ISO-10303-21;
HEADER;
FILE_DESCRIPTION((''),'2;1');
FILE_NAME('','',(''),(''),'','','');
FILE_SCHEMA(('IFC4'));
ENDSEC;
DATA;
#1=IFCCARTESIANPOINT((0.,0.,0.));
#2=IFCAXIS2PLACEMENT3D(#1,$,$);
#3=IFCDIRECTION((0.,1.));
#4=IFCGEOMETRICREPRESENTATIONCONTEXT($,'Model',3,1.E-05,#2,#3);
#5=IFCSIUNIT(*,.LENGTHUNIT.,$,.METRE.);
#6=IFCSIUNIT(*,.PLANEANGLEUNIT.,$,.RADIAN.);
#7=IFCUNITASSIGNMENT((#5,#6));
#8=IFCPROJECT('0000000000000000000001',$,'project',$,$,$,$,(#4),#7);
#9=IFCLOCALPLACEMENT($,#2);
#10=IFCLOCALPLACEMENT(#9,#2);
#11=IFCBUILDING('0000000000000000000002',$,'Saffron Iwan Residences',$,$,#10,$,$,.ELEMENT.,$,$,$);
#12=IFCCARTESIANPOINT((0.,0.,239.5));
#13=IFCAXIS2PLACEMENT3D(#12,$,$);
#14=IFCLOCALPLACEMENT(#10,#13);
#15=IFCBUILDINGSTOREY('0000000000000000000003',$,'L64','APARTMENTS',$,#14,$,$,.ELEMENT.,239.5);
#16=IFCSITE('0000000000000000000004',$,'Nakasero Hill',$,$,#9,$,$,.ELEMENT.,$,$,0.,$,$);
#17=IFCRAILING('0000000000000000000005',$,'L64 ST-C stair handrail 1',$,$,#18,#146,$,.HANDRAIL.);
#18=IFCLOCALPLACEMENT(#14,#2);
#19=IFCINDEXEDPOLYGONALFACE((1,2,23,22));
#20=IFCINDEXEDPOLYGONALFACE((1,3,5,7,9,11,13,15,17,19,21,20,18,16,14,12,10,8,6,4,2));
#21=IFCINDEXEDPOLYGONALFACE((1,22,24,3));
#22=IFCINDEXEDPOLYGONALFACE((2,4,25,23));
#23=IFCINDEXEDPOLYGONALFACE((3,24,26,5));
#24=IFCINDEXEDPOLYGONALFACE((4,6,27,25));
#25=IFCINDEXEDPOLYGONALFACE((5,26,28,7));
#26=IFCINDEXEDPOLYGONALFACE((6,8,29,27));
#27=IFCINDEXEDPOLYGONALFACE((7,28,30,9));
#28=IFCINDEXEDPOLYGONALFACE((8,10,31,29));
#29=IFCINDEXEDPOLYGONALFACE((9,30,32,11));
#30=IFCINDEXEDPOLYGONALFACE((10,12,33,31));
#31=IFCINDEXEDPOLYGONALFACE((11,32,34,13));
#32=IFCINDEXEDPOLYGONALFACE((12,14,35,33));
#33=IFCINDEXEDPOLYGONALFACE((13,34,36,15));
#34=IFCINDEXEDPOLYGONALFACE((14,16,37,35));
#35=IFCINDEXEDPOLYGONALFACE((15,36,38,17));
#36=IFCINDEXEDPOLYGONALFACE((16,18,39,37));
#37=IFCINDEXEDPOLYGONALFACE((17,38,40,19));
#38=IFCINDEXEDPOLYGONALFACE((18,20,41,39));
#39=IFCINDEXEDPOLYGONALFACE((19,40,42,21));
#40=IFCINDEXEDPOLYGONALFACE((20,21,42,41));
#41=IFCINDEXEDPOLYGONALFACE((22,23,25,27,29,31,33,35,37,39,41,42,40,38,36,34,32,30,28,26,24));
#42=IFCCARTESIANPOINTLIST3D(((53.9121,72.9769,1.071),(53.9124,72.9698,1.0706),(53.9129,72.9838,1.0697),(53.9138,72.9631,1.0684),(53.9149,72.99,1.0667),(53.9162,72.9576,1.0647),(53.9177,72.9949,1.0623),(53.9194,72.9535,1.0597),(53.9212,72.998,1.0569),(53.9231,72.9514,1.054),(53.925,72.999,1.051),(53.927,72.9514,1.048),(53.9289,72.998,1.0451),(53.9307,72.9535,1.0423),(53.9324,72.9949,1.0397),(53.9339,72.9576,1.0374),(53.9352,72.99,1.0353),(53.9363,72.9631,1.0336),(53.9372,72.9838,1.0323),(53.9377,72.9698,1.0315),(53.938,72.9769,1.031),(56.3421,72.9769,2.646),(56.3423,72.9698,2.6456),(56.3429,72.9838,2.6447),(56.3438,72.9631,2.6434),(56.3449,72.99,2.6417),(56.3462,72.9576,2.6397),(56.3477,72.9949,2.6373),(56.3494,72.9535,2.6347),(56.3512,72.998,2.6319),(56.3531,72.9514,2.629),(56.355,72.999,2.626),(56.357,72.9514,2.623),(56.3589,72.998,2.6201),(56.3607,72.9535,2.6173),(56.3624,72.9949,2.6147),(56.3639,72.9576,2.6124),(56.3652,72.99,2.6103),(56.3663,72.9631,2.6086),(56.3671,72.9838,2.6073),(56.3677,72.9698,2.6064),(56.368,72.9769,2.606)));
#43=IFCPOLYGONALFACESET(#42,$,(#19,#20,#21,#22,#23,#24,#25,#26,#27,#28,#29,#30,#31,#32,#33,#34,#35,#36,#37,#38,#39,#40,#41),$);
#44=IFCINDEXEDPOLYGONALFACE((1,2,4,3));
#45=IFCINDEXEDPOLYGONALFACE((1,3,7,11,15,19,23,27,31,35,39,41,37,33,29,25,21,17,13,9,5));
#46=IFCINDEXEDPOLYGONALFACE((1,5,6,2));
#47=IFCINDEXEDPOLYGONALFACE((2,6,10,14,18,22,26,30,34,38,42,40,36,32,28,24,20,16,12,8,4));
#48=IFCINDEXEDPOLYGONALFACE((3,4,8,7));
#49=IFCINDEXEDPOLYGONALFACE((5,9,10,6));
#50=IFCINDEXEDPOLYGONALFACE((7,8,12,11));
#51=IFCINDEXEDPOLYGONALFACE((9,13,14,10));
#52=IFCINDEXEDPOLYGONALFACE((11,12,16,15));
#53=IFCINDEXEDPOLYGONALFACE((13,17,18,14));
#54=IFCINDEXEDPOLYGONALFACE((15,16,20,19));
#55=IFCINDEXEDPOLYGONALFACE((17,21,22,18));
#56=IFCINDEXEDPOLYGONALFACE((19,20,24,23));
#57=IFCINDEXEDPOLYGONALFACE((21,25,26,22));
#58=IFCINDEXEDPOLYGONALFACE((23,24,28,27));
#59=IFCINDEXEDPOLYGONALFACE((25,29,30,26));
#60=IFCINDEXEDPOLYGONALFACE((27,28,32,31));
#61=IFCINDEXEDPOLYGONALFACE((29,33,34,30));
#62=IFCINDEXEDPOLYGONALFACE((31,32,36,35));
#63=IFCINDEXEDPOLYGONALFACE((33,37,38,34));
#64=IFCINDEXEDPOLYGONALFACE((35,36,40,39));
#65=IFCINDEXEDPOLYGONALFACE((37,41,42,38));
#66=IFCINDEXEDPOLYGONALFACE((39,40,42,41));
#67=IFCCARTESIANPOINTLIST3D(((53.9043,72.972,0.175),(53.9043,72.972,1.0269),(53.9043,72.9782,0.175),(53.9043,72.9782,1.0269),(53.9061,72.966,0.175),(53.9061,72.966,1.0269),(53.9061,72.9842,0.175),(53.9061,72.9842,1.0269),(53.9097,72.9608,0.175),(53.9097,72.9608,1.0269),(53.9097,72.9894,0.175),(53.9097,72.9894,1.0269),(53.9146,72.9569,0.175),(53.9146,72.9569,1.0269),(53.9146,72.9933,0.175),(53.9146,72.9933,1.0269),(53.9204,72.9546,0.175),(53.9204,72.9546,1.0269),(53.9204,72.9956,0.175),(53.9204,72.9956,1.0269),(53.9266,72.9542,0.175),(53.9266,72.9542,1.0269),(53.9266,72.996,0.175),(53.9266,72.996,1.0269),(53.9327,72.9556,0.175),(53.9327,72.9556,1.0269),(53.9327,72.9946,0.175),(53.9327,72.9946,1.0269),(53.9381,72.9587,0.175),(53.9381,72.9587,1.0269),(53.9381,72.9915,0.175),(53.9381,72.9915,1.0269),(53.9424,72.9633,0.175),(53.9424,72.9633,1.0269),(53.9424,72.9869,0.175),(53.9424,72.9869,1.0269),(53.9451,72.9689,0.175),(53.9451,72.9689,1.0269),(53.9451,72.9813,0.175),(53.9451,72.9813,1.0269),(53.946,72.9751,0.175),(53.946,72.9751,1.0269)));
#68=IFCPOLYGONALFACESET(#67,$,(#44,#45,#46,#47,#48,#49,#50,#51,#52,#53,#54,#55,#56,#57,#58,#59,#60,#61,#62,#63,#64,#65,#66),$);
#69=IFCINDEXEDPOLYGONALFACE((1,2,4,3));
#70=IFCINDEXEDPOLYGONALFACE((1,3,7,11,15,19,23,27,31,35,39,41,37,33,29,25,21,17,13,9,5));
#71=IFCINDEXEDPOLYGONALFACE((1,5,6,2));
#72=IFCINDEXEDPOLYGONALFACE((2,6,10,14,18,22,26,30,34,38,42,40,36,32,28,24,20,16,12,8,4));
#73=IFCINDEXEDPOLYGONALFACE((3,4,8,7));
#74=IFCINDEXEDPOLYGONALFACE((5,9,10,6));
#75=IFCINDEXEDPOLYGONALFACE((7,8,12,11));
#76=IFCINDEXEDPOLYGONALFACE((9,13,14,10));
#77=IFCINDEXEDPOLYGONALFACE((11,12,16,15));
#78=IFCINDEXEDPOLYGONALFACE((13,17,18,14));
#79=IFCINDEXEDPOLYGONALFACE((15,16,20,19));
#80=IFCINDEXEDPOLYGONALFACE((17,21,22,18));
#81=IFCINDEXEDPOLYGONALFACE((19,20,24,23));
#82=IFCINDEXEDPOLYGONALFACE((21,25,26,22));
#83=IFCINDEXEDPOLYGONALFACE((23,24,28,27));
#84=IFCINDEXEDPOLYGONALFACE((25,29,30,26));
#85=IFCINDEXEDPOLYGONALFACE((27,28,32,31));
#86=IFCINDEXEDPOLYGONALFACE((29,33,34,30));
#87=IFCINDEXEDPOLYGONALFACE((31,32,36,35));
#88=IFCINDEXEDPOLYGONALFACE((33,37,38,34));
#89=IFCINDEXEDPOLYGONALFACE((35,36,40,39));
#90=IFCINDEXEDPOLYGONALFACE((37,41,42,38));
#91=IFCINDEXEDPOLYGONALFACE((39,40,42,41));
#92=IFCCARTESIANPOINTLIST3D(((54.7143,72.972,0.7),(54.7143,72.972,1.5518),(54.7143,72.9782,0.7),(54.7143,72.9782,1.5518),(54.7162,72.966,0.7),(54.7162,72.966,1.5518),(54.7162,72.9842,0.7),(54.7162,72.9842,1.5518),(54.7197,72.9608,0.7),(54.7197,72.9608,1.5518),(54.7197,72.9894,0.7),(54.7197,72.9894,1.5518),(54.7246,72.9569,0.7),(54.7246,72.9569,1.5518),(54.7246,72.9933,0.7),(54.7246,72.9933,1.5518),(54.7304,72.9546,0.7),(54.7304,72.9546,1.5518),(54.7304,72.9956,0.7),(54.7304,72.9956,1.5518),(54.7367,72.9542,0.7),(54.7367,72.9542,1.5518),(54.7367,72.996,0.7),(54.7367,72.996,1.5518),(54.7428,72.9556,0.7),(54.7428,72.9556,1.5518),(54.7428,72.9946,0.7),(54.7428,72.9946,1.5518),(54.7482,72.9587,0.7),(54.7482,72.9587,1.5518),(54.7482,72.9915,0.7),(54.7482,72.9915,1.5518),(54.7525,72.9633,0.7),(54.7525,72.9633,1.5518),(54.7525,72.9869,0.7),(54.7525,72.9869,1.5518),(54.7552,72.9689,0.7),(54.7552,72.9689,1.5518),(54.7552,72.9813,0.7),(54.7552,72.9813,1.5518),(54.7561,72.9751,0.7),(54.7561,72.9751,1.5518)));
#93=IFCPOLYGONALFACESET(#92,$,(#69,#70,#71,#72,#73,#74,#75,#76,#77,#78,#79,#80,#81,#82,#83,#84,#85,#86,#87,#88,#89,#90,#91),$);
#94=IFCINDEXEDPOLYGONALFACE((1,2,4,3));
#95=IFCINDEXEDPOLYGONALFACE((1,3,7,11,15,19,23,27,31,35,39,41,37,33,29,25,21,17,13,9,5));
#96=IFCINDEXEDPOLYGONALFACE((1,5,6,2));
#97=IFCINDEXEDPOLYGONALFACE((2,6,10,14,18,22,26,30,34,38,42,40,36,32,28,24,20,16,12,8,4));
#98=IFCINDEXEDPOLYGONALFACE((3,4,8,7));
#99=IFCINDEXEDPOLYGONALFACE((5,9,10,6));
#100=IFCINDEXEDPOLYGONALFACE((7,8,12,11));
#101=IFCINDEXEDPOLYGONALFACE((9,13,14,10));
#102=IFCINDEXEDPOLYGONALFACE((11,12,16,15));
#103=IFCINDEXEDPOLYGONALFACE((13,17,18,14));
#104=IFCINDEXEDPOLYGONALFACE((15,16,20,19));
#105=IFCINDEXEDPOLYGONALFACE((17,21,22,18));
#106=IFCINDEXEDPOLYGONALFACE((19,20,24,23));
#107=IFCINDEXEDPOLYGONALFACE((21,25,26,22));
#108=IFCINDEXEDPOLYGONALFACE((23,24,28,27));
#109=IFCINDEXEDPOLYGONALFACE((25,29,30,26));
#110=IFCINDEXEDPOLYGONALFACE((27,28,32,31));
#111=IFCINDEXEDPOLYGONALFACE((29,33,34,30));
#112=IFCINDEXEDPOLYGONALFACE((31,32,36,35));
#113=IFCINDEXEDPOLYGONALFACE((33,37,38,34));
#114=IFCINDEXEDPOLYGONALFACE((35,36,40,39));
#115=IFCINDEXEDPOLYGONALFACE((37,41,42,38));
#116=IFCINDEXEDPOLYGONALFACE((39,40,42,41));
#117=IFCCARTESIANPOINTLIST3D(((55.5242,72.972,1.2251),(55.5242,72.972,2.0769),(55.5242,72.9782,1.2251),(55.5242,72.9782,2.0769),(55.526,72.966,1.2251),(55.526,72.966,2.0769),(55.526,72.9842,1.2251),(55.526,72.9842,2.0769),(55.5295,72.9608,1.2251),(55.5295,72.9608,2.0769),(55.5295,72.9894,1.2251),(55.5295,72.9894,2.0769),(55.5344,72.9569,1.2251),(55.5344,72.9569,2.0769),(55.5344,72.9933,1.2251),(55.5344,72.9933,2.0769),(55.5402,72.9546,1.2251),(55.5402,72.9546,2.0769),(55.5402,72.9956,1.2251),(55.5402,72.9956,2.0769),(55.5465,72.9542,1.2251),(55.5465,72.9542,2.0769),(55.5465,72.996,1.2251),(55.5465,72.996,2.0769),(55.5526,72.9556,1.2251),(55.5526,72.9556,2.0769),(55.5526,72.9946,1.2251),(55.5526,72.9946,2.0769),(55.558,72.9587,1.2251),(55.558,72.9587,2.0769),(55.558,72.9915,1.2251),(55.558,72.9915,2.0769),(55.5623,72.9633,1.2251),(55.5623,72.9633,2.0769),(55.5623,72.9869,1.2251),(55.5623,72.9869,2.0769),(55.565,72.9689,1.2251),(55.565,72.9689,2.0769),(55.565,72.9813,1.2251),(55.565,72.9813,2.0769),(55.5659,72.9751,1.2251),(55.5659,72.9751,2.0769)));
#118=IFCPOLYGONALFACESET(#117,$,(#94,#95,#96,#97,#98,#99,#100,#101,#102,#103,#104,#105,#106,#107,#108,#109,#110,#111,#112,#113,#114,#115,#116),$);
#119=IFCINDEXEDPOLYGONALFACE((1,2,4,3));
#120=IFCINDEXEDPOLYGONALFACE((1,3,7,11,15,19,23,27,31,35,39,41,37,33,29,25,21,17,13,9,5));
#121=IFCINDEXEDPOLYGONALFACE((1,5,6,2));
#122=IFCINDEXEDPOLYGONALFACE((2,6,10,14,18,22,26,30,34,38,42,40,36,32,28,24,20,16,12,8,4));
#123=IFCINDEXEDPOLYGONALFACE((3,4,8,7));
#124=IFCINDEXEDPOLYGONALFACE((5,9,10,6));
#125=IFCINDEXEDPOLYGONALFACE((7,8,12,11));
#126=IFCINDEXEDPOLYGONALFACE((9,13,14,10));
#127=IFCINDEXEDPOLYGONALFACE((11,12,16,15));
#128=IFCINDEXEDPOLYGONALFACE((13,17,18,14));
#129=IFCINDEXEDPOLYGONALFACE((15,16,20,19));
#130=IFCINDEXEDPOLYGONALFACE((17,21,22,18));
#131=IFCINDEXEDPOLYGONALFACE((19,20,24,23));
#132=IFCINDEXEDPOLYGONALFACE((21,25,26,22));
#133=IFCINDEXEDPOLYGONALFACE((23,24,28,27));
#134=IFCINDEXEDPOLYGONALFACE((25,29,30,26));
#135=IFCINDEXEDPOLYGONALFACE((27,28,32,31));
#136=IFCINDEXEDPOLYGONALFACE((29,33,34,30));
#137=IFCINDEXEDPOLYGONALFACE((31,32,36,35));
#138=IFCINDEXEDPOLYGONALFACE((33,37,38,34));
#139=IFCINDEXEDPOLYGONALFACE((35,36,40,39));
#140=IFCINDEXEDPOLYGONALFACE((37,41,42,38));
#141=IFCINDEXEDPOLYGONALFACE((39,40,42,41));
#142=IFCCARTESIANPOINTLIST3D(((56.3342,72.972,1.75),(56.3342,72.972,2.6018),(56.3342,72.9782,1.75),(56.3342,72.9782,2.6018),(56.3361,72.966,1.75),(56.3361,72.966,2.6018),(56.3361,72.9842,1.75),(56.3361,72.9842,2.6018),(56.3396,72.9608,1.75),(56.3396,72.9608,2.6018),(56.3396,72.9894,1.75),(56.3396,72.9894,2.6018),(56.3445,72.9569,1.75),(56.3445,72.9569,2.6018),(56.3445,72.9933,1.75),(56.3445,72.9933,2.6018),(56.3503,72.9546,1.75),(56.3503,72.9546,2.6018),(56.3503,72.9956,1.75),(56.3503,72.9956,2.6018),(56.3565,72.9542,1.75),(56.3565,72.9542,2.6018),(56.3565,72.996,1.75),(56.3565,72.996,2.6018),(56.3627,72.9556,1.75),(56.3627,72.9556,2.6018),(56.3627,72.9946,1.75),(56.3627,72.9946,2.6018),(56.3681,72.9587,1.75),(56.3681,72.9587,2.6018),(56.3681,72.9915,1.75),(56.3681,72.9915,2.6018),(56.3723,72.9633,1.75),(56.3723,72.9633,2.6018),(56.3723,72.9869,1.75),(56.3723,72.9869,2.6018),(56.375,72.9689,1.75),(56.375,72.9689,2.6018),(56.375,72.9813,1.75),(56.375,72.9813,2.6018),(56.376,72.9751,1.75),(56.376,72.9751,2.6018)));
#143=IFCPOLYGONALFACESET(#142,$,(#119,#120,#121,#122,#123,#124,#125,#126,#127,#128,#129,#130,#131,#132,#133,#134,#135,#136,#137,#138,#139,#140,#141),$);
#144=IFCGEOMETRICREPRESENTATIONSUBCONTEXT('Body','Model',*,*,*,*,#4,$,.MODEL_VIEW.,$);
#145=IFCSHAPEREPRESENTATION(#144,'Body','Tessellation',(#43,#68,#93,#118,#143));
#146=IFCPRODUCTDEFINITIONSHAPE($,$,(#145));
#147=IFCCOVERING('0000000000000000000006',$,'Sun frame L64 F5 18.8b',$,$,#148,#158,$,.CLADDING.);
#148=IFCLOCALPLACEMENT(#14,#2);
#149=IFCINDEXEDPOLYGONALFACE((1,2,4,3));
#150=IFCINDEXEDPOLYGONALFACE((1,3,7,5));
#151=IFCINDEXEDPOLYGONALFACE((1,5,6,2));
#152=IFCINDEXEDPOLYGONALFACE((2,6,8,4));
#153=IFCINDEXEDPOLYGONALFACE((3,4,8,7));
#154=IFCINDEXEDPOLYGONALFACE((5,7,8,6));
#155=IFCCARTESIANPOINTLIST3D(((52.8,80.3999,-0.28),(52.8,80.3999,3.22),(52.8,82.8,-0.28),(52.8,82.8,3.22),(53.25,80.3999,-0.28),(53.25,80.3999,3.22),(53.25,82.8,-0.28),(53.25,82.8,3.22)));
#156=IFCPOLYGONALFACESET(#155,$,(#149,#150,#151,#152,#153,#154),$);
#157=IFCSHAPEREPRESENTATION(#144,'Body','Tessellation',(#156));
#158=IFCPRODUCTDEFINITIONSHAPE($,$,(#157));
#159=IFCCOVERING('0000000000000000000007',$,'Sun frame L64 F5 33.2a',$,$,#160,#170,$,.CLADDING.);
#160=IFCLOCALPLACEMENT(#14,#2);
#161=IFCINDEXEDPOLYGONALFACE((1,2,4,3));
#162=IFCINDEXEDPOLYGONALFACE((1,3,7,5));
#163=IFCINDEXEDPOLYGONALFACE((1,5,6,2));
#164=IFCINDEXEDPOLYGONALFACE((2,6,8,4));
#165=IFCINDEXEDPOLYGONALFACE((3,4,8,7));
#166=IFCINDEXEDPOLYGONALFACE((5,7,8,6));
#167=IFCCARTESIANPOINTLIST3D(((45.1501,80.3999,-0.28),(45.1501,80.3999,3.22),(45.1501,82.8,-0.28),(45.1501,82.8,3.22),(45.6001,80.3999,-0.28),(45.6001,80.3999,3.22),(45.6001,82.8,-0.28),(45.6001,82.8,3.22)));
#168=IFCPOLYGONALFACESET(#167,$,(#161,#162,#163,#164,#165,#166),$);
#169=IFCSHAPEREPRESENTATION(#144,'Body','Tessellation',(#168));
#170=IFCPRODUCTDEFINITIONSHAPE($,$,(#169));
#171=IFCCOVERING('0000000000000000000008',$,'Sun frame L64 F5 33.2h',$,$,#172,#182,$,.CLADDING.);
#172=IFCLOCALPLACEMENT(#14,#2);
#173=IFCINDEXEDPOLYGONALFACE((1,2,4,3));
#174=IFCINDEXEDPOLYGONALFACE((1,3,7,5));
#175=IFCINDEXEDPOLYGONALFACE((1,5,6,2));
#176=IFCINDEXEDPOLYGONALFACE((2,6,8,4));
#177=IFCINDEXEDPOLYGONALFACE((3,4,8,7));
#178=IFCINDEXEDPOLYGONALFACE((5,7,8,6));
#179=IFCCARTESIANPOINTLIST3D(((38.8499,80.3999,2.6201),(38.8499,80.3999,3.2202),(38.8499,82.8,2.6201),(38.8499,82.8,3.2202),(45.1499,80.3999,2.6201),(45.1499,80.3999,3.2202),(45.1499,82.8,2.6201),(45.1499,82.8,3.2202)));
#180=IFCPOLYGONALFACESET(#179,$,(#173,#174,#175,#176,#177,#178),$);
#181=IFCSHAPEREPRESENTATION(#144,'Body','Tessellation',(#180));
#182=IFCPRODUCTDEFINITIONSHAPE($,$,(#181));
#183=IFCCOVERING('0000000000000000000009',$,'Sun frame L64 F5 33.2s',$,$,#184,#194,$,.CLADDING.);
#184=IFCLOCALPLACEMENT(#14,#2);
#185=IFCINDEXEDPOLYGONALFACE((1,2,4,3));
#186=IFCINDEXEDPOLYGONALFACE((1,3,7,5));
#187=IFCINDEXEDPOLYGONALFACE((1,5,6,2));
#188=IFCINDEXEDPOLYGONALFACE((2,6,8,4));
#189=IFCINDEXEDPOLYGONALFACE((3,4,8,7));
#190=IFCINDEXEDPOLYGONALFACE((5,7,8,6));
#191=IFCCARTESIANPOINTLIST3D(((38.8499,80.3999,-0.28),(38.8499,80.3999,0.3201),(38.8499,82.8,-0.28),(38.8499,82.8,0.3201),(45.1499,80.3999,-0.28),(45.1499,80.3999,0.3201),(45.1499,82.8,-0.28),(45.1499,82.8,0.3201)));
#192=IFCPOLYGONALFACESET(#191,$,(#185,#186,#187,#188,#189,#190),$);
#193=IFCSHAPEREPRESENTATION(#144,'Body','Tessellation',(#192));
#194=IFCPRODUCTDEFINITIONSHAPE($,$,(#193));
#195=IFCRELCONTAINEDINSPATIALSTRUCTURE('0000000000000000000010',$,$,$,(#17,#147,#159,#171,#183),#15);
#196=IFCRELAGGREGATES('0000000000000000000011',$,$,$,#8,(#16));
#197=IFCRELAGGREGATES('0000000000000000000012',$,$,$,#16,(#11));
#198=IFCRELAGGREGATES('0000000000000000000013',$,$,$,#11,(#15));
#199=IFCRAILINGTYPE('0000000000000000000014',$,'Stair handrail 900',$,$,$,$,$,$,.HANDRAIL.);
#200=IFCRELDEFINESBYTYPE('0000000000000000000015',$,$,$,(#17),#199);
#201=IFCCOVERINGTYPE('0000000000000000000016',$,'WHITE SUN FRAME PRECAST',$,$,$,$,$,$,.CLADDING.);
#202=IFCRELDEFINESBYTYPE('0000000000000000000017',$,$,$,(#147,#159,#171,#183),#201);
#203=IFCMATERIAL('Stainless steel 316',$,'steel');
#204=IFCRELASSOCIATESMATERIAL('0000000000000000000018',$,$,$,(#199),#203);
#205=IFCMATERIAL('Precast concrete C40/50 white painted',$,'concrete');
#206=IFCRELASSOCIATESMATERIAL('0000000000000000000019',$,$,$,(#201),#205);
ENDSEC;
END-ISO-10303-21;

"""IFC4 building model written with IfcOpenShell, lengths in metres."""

from ifc_helpers import new_model, si_unit, direction, frame, origin, origin_2d, place, context, subcontext, project, spatial, polyline, circle, outline, extrude, material, type_object, element, save


model = new_model("IFC4")

# Units and contexts
model_context = context("Model", 3, precision=1e-05, world=origin(), true_north=direction((0.0, 1.0)))
body_context = subcontext(model_context, "Body", "Model", "MODEL_VIEW")
ifc_project = project(units=[si_unit("LENGTHUNIT", "METRE"), si_unit("PLANEANGLEUNIT", "RADIAN")], contexts=[model_context])

# Site, building, storey
site_placement = place(None, origin())
site = spatial("IfcSite", under=ifc_project, at=site_placement, Name="Nakasero Hill", CompositionType="ELEMENT", RefElevation=0.0)
building_placement = place(site_placement, origin())
building = spatial("IfcBuilding", under=site, at=building_placement, Name="Saffron Iwan Residences", CompositionType="ELEMENT")
storey_placement = place(building_placement, frame((0.0, 0.0, 239.5)))
storey = spatial("IfcBuildingStorey", under=building, at=storey_placement, Name="L64", Description="APARTMENTS", CompositionType="ELEMENT", Elevation=239.5)

# Railing
ifc_material_1 = material(Name="Stainless steel 316", Category="steel")
railing_type_1 = type_object("IfcRailingType", Name="Stair handrail 900", PredefinedType="HANDRAIL", material=ifc_material_1)
railing_1_placement = place(storey_placement, frame((53.925, 72.9751, 0.175)))
element("IfcRailing", 1, at=railing_1_placement, inside=storey, type_object=railing_type_1, Name="L64 ST-C stair handrail 1", PredefinedType="HANDRAIL", context=body_context, shape_type="SweptSolid", body=[
    extrude(circle(Radius=0.0239, at=origin_2d()), frame((0.0, 0.0, 0.876), z_axis=(0.839154, 0.0, 0.543894), x_axis=(0.0, 1.0, 0.0)), (0.0, 0.0, 1.0), 2.8958),
    extrude(circle(Radius=0.021, at=origin_2d()), origin(), (0.0, 0.0, 1.0), 0.8518),
    extrude(circle(Radius=0.021, at=origin_2d()), frame((0.8101, 0.0, 0.5249)), (0.0, 0.0, 1.0), 0.8518),
    extrude(circle(Radius=0.021, at=origin_2d()), frame((1.6199, 0.0, 1.05)), (0.0, 0.0, 1.0), 0.8518),
    extrude(circle(Radius=0.021, at=origin_2d()), frame((2.4299, 0.0, 1.575)), (0.0, 0.0, 1.0), 0.8518),
])

# Coverings
ifc_material_2 = material(Name="Precast concrete C40/50 white painted", Category="concrete")
covering_type_1 = type_object("IfcCoveringType", Name="WHITE SUN FRAME PRECAST", PredefinedType="CLADDING", material=ifc_material_2)
for number, where, z_axis, x_axis, name in (
    (2, (53.25, 80.3999, -0.28), (0.0, 1.0, 0.0), (-1.0, 0.0, 0.0), "Sun frame L64 F5 18.8b"),
    (3, (45.6001, 80.3999, -0.28), (0.0, 1.0, 0.0), (-1.0, 0.0, 0.0), "Sun frame L64 F5 33.2a"),
):
    element("IfcCovering", number, at=place(storey_placement, frame(where, z_axis=z_axis, x_axis=x_axis)), inside=storey, type_object=covering_type_1, Name=name, PredefinedType="CLADDING", context=body_context, shape_type="SweptSolid", body=[
        extrude(outline(polyline([(0.0, 0.0), (0.45, 0.0), (0.45, 3.5), (0.0, 3.5), (0.0, 0.0)])), origin(), (0.0, 0.0, 1.0), 2.4001),
    ])
for number, where, z_axis, x_axis, name in (
    (4, (45.1499, 80.3999, 2.6201), (0.0, 1.0, 0.0), (-1.0, 0.0, 0.0), "Sun frame L64 F5 33.2h"),
    (5, (45.1499, 80.3999, -0.28), (0.0, 1.0, 0.0), (-1.0, 0.0, 0.0), "Sun frame L64 F5 33.2s"),
):
    element("IfcCovering", number, at=place(storey_placement, frame(where, z_axis=z_axis, x_axis=x_axis)), inside=storey, type_object=covering_type_1, Name=name, PredefinedType="CLADDING", context=body_context, shape_type="SweptSolid", body=[
        extrude(outline(polyline([(0.0, 0.0), (6.3, 0.0), (6.3, 0.6001), (0.0, 0.6001), (0.0, 0.0)])), origin(), (0.0, 0.0, 1.0), 2.4001),
    ])

save(model, "model.ifc")
